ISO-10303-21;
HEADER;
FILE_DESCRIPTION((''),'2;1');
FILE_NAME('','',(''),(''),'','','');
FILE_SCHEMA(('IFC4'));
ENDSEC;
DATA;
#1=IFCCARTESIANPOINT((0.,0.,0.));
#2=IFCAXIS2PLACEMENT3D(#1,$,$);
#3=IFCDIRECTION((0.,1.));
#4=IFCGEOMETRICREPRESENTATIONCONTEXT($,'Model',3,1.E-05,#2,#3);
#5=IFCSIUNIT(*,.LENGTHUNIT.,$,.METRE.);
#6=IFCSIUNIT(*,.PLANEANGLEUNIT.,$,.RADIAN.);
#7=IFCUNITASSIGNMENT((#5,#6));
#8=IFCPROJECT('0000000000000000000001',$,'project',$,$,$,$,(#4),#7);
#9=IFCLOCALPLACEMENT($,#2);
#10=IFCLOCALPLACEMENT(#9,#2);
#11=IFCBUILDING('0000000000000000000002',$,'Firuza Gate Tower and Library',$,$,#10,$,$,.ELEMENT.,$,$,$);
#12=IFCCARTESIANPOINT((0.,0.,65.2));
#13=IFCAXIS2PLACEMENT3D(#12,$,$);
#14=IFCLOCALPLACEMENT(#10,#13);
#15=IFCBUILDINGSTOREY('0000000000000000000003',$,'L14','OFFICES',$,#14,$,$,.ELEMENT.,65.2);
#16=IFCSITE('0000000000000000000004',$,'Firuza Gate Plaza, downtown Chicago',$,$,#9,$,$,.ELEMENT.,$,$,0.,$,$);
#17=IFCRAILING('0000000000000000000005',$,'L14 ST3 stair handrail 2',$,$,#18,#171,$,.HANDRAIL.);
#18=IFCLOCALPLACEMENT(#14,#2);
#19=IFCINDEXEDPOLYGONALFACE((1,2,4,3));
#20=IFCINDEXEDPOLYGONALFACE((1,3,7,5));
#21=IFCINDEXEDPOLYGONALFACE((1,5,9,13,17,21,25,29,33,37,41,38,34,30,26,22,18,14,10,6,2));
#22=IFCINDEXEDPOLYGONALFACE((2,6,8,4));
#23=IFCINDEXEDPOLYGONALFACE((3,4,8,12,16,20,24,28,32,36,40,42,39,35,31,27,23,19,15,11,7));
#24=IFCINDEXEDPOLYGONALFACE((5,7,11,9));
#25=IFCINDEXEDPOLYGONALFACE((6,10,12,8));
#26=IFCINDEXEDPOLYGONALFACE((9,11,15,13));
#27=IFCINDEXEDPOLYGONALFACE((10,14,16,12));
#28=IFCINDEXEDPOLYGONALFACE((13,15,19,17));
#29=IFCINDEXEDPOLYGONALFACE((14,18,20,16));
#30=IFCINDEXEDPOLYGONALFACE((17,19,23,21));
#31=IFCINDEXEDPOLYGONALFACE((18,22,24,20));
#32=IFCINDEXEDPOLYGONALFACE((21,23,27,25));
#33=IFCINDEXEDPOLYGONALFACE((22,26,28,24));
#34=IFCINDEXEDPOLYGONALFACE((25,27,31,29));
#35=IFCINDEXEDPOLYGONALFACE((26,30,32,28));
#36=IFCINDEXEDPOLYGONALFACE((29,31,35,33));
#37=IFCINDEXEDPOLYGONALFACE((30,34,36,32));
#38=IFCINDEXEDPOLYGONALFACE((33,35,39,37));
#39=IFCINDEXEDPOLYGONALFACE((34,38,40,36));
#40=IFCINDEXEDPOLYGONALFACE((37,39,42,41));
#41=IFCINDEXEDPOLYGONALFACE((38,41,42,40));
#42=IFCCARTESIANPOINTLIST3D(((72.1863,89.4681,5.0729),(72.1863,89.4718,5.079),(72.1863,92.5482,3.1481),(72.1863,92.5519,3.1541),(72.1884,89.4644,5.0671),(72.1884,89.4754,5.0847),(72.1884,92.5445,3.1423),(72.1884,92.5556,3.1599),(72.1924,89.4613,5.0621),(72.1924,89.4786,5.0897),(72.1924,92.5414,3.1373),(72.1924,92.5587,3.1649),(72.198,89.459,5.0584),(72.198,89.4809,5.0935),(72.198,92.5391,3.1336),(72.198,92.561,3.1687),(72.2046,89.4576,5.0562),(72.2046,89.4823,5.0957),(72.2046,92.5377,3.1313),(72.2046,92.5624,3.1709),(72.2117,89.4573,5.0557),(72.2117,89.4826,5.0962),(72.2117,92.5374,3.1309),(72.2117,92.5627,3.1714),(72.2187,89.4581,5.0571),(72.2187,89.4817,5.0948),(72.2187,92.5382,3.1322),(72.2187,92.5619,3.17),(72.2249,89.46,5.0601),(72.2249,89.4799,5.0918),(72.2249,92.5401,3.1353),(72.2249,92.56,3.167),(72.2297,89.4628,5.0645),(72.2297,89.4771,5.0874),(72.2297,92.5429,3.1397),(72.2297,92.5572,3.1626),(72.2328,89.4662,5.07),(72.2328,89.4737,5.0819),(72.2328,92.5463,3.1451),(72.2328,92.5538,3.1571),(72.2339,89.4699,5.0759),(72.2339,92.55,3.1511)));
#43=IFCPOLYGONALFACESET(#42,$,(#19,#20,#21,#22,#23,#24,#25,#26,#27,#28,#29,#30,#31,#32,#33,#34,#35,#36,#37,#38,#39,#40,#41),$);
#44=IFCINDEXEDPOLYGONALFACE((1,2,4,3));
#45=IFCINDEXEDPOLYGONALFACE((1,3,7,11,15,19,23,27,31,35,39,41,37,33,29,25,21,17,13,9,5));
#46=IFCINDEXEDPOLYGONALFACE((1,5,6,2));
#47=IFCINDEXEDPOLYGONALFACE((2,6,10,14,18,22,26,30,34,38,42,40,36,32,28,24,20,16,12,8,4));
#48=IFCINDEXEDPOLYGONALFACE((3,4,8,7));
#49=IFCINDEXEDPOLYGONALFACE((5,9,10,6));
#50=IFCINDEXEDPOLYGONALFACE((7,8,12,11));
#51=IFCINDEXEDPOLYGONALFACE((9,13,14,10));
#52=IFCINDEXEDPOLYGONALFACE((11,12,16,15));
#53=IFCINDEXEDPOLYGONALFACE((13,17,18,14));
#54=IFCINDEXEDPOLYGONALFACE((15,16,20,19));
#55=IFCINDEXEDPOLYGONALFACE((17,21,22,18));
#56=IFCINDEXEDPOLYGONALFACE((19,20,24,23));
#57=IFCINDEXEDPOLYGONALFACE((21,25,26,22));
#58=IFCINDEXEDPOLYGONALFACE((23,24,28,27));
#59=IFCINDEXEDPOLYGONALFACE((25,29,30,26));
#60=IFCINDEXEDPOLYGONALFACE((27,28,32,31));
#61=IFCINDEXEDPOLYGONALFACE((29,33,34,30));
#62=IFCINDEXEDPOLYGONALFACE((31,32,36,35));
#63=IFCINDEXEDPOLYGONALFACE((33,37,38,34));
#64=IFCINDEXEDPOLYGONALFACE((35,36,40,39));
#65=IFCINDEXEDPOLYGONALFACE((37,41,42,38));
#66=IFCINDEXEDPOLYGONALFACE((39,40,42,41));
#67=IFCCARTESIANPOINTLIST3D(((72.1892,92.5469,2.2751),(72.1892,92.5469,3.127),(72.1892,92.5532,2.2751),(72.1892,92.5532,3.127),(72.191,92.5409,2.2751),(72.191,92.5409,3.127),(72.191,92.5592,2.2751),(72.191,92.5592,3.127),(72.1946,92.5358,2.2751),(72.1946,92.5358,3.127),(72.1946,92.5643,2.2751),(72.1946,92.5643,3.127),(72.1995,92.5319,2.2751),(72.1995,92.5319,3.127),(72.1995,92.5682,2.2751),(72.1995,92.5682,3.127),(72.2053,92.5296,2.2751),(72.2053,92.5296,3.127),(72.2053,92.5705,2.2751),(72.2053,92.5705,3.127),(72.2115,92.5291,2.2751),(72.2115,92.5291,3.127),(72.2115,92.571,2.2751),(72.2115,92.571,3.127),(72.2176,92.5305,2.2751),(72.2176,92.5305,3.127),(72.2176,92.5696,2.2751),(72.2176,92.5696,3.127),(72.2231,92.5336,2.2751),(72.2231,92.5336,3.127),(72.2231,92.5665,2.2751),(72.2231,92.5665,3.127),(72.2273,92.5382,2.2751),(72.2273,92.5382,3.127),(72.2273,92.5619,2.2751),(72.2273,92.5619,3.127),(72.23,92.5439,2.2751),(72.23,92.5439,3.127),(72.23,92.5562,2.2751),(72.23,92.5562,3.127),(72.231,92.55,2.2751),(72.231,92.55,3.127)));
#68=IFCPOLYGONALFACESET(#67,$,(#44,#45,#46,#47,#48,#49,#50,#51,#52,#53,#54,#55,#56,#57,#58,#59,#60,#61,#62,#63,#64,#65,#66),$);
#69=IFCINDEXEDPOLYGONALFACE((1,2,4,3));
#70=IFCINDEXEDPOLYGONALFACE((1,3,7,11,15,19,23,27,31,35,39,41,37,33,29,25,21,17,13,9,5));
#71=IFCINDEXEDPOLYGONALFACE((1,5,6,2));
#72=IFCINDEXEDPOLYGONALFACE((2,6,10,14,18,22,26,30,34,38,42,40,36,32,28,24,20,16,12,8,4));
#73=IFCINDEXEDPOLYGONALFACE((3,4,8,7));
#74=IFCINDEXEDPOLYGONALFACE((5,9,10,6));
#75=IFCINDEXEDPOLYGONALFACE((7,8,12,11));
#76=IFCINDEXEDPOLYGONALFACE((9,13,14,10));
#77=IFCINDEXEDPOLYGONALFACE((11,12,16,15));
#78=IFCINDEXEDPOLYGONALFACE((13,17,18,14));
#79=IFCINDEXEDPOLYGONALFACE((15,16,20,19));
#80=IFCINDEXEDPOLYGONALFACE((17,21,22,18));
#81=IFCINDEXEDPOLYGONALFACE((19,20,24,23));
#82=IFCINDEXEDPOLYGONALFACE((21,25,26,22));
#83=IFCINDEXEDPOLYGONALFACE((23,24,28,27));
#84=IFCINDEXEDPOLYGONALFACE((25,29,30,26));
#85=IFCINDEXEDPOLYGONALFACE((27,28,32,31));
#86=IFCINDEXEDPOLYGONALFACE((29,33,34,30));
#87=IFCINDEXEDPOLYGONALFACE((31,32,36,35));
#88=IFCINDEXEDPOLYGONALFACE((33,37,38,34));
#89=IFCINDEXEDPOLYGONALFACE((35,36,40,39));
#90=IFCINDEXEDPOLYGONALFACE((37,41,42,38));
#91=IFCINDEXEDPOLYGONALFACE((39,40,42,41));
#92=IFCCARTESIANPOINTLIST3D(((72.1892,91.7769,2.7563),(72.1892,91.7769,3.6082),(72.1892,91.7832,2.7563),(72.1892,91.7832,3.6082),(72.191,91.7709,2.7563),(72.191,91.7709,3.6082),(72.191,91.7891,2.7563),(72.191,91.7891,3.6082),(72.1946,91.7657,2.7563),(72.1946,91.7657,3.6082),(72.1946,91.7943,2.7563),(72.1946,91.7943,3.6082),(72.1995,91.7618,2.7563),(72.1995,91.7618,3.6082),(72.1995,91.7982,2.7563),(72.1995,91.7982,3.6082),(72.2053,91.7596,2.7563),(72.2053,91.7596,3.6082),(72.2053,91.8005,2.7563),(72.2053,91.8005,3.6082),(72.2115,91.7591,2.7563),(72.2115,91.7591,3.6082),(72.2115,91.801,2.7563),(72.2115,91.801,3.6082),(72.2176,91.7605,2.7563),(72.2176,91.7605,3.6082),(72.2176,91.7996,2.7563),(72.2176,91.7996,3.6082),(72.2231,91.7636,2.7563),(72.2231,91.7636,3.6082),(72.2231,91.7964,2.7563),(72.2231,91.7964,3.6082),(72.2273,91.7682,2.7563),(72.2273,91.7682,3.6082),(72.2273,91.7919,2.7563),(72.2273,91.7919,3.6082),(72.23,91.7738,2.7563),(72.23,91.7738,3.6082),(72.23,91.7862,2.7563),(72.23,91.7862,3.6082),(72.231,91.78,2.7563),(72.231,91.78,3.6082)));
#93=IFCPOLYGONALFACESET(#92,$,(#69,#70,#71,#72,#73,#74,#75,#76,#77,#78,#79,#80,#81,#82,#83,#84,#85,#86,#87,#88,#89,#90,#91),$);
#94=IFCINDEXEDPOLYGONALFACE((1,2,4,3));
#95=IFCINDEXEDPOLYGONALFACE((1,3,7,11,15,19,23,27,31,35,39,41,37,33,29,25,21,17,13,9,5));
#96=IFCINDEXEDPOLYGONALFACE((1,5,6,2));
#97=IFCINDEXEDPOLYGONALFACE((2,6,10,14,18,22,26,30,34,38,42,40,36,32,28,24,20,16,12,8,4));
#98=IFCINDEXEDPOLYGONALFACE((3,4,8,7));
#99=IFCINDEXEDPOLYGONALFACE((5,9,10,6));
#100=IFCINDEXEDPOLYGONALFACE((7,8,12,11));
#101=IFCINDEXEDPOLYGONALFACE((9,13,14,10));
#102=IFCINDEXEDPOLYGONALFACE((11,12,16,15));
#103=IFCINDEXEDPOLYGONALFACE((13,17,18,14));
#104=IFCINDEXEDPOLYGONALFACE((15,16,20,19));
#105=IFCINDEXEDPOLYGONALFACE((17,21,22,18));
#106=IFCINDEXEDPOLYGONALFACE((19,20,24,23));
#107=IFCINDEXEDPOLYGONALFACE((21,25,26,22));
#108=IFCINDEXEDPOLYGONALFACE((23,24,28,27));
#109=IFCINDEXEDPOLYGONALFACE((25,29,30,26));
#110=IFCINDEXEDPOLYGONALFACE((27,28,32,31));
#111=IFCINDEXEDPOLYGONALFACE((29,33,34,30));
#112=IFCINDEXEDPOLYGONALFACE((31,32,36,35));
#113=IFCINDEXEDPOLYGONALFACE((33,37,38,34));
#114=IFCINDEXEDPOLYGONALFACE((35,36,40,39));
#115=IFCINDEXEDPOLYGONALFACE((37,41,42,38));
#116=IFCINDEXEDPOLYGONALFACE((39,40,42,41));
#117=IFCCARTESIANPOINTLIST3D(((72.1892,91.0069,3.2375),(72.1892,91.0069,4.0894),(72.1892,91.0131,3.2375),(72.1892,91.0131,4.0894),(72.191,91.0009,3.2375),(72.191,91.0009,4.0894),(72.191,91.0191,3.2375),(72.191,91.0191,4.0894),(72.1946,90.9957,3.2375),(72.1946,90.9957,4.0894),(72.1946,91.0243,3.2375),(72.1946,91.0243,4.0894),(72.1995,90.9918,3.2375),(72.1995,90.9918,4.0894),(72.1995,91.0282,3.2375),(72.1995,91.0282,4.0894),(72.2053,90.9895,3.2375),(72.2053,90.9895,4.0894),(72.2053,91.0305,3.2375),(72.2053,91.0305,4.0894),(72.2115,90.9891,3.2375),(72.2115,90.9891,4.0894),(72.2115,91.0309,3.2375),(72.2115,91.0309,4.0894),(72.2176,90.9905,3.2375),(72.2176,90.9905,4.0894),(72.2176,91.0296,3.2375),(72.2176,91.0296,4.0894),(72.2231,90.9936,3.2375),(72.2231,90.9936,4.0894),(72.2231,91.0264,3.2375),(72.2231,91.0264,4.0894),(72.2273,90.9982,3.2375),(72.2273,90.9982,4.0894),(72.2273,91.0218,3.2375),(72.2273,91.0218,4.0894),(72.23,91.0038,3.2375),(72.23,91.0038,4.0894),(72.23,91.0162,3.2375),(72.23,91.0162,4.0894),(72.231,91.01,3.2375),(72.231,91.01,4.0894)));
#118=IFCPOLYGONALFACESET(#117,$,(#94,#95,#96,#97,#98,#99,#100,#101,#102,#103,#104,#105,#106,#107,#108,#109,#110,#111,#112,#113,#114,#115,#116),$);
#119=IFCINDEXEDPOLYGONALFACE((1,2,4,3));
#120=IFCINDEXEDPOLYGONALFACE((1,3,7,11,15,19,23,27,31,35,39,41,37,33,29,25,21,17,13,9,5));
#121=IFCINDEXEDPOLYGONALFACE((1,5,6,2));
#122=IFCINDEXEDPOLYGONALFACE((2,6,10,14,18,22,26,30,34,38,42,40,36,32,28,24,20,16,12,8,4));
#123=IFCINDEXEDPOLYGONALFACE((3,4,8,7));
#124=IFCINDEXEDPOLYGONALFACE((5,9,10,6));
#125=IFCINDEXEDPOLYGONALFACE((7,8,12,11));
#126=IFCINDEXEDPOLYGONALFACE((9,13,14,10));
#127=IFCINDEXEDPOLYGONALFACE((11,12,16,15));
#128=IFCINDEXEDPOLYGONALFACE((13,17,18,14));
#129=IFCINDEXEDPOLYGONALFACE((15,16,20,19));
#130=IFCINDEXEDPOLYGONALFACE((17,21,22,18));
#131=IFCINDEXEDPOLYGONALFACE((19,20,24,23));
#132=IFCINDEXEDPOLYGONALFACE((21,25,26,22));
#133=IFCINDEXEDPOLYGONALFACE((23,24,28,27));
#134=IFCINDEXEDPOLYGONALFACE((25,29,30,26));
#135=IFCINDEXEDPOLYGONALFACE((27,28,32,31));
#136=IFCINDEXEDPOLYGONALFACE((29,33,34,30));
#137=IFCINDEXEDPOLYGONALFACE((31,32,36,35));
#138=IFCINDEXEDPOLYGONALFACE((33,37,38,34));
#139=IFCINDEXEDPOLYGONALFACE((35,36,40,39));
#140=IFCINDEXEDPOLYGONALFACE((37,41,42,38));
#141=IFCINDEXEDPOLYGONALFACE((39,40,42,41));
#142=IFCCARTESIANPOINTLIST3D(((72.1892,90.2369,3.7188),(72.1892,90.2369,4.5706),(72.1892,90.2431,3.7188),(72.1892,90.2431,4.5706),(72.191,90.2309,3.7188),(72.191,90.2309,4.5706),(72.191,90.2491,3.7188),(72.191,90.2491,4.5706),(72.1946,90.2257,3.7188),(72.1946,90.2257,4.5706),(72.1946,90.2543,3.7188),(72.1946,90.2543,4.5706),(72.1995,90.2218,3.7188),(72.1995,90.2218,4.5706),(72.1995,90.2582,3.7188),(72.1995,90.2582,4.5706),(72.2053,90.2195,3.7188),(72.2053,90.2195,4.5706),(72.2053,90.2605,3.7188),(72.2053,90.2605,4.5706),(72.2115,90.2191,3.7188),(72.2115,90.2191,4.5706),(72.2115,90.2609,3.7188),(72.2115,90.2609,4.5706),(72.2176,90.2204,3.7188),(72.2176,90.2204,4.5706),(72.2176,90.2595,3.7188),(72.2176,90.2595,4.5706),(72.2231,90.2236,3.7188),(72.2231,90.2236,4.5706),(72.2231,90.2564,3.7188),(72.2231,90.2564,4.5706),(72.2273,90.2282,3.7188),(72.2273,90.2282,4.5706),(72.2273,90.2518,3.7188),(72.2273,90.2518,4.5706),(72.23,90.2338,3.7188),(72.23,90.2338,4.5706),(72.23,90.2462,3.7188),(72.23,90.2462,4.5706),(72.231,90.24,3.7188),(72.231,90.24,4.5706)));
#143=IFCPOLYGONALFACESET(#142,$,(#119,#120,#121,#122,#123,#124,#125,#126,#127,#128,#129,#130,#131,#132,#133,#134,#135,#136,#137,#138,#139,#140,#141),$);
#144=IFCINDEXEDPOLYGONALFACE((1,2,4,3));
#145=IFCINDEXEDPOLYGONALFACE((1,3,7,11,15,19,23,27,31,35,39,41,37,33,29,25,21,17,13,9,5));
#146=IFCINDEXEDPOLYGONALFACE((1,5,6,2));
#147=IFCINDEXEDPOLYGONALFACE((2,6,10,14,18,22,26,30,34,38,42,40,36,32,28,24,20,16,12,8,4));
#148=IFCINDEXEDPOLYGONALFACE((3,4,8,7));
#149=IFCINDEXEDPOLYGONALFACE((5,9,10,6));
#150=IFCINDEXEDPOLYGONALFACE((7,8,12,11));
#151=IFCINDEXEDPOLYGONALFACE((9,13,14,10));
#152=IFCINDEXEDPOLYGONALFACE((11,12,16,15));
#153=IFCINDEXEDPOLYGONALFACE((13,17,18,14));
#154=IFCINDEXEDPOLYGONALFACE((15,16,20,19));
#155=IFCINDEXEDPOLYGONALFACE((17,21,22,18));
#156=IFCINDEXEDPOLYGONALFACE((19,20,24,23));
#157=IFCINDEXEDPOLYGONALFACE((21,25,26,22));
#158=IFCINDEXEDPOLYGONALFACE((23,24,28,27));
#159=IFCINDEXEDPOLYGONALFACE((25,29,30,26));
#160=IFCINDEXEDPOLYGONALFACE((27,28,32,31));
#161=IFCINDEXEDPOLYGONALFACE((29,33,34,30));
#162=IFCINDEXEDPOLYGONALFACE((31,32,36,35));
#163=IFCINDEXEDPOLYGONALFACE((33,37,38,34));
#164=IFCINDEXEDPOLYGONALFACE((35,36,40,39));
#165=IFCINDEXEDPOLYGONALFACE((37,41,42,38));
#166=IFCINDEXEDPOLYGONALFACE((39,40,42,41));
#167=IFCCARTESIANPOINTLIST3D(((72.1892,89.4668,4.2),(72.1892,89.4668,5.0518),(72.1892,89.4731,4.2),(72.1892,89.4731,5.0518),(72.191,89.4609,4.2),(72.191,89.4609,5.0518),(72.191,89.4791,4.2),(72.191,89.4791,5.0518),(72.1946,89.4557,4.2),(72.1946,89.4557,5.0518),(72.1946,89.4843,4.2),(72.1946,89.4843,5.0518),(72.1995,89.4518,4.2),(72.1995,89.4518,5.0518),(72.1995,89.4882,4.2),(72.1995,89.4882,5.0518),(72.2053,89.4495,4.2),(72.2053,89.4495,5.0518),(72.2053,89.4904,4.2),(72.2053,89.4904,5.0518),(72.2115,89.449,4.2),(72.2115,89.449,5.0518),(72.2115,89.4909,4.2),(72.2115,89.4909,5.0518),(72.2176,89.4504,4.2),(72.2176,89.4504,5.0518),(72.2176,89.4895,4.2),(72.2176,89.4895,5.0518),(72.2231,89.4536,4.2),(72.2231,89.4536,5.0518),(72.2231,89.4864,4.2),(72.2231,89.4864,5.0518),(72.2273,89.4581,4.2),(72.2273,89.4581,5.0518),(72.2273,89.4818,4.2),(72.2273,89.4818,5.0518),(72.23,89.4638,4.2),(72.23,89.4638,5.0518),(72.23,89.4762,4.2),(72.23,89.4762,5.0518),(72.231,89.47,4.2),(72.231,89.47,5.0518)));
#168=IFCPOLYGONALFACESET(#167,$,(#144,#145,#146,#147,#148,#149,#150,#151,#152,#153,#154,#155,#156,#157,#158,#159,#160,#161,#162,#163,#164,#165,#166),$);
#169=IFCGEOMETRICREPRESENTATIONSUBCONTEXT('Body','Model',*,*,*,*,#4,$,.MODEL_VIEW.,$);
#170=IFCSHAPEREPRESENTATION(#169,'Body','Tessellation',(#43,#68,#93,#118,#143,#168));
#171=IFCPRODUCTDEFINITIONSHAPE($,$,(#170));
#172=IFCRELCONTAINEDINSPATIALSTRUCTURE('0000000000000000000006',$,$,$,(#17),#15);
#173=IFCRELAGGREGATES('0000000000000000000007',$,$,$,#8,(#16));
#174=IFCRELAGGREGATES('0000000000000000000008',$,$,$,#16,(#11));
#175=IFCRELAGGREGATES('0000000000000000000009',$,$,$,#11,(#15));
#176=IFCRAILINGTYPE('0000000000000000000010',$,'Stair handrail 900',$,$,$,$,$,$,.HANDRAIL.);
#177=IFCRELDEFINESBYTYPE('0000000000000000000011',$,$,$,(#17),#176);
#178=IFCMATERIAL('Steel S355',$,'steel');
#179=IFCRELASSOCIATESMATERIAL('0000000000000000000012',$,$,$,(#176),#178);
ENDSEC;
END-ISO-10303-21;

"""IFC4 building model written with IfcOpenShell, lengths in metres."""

from ifc_helpers import new_model, si_unit, direction, frame, origin, origin_2d, place, context, subcontext, project, spatial, circle, extrude, material, type_object, element, save


model = new_model("IFC4")

# Units and contexts
model_context = context("Model", 3, precision=1e-05, world=origin(), true_north=direction((0.0, 1.0)))
body_context = subcontext(model_context, "Body", "Model", "MODEL_VIEW")
ifc_project = project(units=[si_unit("LENGTHUNIT", "METRE"), si_unit("PLANEANGLEUNIT", "RADIAN")], contexts=[model_context])

# Site, building, storey
site_placement = place(None, origin())
site = spatial("IfcSite", under=ifc_project, at=site_placement, Name="Firuza Gate Plaza, downtown Chicago", CompositionType="ELEMENT", RefElevation=0.0)
building_placement = place(site_placement, origin())
building = spatial("IfcBuilding", under=site, at=building_placement, Name="Firuza Gate Tower and Library", CompositionType="ELEMENT")
storey_placement = place(building_placement, frame((0.0, 0.0, 65.2)))
storey = spatial("IfcBuildingStorey", under=building, at=storey_placement, Name="L14", Description="OFFICES", CompositionType="ELEMENT", Elevation=65.2)

# Railing
ifc_material_1 = material(Name="Steel S355", Category="steel")
railing_type_1 = type_object("IfcRailingType", Name="Stair handrail 900", PredefinedType="HANDRAIL", material=ifc_material_1)
railing_1_placement = place(storey_placement, frame((72.21, 92.55, 2.2751)))
element("IfcRailing", 1, at=railing_1_placement, inside=storey, type_object=railing_type_1, Name="L14 ST3 stair handrail 2", PredefinedType="HANDRAIL", context=body_context, shape_type="SweptSolid", body=[
    extrude(circle(Radius=0.0239, at=origin_2d()), frame((0.0, 0.0, 0.876), z_axis=(0.0, -0.848029, 0.529951), x_axis=(1.0, 0.0, 0.0)), (0.0, 0.0, 1.0), 3.6321),
    extrude(circle(Radius=0.021, at=origin_2d()), origin(), (0.0, 0.0, 1.0), 0.8518),
    extrude(circle(Radius=0.021, at=origin_2d()), frame((0.0, -0.77, 0.4812)), (0.0, 0.0, 1.0), 0.8518),
    extrude(circle(Radius=0.021, at=origin_2d()), frame((0.0, -1.54, 0.9624)), (0.0, 0.0, 1.0), 0.8518),
    extrude(circle(Radius=0.021, at=origin_2d()), frame((0.0, -2.3101, 1.4436)), (0.0, 0.0, 1.0), 0.8518),
    extrude(circle(Radius=0.021, at=origin_2d()), frame((0.0, -3.0801, 1.9248)), (0.0, 0.0, 1.0), 0.8518),
])

save(model, "model.ifc")
